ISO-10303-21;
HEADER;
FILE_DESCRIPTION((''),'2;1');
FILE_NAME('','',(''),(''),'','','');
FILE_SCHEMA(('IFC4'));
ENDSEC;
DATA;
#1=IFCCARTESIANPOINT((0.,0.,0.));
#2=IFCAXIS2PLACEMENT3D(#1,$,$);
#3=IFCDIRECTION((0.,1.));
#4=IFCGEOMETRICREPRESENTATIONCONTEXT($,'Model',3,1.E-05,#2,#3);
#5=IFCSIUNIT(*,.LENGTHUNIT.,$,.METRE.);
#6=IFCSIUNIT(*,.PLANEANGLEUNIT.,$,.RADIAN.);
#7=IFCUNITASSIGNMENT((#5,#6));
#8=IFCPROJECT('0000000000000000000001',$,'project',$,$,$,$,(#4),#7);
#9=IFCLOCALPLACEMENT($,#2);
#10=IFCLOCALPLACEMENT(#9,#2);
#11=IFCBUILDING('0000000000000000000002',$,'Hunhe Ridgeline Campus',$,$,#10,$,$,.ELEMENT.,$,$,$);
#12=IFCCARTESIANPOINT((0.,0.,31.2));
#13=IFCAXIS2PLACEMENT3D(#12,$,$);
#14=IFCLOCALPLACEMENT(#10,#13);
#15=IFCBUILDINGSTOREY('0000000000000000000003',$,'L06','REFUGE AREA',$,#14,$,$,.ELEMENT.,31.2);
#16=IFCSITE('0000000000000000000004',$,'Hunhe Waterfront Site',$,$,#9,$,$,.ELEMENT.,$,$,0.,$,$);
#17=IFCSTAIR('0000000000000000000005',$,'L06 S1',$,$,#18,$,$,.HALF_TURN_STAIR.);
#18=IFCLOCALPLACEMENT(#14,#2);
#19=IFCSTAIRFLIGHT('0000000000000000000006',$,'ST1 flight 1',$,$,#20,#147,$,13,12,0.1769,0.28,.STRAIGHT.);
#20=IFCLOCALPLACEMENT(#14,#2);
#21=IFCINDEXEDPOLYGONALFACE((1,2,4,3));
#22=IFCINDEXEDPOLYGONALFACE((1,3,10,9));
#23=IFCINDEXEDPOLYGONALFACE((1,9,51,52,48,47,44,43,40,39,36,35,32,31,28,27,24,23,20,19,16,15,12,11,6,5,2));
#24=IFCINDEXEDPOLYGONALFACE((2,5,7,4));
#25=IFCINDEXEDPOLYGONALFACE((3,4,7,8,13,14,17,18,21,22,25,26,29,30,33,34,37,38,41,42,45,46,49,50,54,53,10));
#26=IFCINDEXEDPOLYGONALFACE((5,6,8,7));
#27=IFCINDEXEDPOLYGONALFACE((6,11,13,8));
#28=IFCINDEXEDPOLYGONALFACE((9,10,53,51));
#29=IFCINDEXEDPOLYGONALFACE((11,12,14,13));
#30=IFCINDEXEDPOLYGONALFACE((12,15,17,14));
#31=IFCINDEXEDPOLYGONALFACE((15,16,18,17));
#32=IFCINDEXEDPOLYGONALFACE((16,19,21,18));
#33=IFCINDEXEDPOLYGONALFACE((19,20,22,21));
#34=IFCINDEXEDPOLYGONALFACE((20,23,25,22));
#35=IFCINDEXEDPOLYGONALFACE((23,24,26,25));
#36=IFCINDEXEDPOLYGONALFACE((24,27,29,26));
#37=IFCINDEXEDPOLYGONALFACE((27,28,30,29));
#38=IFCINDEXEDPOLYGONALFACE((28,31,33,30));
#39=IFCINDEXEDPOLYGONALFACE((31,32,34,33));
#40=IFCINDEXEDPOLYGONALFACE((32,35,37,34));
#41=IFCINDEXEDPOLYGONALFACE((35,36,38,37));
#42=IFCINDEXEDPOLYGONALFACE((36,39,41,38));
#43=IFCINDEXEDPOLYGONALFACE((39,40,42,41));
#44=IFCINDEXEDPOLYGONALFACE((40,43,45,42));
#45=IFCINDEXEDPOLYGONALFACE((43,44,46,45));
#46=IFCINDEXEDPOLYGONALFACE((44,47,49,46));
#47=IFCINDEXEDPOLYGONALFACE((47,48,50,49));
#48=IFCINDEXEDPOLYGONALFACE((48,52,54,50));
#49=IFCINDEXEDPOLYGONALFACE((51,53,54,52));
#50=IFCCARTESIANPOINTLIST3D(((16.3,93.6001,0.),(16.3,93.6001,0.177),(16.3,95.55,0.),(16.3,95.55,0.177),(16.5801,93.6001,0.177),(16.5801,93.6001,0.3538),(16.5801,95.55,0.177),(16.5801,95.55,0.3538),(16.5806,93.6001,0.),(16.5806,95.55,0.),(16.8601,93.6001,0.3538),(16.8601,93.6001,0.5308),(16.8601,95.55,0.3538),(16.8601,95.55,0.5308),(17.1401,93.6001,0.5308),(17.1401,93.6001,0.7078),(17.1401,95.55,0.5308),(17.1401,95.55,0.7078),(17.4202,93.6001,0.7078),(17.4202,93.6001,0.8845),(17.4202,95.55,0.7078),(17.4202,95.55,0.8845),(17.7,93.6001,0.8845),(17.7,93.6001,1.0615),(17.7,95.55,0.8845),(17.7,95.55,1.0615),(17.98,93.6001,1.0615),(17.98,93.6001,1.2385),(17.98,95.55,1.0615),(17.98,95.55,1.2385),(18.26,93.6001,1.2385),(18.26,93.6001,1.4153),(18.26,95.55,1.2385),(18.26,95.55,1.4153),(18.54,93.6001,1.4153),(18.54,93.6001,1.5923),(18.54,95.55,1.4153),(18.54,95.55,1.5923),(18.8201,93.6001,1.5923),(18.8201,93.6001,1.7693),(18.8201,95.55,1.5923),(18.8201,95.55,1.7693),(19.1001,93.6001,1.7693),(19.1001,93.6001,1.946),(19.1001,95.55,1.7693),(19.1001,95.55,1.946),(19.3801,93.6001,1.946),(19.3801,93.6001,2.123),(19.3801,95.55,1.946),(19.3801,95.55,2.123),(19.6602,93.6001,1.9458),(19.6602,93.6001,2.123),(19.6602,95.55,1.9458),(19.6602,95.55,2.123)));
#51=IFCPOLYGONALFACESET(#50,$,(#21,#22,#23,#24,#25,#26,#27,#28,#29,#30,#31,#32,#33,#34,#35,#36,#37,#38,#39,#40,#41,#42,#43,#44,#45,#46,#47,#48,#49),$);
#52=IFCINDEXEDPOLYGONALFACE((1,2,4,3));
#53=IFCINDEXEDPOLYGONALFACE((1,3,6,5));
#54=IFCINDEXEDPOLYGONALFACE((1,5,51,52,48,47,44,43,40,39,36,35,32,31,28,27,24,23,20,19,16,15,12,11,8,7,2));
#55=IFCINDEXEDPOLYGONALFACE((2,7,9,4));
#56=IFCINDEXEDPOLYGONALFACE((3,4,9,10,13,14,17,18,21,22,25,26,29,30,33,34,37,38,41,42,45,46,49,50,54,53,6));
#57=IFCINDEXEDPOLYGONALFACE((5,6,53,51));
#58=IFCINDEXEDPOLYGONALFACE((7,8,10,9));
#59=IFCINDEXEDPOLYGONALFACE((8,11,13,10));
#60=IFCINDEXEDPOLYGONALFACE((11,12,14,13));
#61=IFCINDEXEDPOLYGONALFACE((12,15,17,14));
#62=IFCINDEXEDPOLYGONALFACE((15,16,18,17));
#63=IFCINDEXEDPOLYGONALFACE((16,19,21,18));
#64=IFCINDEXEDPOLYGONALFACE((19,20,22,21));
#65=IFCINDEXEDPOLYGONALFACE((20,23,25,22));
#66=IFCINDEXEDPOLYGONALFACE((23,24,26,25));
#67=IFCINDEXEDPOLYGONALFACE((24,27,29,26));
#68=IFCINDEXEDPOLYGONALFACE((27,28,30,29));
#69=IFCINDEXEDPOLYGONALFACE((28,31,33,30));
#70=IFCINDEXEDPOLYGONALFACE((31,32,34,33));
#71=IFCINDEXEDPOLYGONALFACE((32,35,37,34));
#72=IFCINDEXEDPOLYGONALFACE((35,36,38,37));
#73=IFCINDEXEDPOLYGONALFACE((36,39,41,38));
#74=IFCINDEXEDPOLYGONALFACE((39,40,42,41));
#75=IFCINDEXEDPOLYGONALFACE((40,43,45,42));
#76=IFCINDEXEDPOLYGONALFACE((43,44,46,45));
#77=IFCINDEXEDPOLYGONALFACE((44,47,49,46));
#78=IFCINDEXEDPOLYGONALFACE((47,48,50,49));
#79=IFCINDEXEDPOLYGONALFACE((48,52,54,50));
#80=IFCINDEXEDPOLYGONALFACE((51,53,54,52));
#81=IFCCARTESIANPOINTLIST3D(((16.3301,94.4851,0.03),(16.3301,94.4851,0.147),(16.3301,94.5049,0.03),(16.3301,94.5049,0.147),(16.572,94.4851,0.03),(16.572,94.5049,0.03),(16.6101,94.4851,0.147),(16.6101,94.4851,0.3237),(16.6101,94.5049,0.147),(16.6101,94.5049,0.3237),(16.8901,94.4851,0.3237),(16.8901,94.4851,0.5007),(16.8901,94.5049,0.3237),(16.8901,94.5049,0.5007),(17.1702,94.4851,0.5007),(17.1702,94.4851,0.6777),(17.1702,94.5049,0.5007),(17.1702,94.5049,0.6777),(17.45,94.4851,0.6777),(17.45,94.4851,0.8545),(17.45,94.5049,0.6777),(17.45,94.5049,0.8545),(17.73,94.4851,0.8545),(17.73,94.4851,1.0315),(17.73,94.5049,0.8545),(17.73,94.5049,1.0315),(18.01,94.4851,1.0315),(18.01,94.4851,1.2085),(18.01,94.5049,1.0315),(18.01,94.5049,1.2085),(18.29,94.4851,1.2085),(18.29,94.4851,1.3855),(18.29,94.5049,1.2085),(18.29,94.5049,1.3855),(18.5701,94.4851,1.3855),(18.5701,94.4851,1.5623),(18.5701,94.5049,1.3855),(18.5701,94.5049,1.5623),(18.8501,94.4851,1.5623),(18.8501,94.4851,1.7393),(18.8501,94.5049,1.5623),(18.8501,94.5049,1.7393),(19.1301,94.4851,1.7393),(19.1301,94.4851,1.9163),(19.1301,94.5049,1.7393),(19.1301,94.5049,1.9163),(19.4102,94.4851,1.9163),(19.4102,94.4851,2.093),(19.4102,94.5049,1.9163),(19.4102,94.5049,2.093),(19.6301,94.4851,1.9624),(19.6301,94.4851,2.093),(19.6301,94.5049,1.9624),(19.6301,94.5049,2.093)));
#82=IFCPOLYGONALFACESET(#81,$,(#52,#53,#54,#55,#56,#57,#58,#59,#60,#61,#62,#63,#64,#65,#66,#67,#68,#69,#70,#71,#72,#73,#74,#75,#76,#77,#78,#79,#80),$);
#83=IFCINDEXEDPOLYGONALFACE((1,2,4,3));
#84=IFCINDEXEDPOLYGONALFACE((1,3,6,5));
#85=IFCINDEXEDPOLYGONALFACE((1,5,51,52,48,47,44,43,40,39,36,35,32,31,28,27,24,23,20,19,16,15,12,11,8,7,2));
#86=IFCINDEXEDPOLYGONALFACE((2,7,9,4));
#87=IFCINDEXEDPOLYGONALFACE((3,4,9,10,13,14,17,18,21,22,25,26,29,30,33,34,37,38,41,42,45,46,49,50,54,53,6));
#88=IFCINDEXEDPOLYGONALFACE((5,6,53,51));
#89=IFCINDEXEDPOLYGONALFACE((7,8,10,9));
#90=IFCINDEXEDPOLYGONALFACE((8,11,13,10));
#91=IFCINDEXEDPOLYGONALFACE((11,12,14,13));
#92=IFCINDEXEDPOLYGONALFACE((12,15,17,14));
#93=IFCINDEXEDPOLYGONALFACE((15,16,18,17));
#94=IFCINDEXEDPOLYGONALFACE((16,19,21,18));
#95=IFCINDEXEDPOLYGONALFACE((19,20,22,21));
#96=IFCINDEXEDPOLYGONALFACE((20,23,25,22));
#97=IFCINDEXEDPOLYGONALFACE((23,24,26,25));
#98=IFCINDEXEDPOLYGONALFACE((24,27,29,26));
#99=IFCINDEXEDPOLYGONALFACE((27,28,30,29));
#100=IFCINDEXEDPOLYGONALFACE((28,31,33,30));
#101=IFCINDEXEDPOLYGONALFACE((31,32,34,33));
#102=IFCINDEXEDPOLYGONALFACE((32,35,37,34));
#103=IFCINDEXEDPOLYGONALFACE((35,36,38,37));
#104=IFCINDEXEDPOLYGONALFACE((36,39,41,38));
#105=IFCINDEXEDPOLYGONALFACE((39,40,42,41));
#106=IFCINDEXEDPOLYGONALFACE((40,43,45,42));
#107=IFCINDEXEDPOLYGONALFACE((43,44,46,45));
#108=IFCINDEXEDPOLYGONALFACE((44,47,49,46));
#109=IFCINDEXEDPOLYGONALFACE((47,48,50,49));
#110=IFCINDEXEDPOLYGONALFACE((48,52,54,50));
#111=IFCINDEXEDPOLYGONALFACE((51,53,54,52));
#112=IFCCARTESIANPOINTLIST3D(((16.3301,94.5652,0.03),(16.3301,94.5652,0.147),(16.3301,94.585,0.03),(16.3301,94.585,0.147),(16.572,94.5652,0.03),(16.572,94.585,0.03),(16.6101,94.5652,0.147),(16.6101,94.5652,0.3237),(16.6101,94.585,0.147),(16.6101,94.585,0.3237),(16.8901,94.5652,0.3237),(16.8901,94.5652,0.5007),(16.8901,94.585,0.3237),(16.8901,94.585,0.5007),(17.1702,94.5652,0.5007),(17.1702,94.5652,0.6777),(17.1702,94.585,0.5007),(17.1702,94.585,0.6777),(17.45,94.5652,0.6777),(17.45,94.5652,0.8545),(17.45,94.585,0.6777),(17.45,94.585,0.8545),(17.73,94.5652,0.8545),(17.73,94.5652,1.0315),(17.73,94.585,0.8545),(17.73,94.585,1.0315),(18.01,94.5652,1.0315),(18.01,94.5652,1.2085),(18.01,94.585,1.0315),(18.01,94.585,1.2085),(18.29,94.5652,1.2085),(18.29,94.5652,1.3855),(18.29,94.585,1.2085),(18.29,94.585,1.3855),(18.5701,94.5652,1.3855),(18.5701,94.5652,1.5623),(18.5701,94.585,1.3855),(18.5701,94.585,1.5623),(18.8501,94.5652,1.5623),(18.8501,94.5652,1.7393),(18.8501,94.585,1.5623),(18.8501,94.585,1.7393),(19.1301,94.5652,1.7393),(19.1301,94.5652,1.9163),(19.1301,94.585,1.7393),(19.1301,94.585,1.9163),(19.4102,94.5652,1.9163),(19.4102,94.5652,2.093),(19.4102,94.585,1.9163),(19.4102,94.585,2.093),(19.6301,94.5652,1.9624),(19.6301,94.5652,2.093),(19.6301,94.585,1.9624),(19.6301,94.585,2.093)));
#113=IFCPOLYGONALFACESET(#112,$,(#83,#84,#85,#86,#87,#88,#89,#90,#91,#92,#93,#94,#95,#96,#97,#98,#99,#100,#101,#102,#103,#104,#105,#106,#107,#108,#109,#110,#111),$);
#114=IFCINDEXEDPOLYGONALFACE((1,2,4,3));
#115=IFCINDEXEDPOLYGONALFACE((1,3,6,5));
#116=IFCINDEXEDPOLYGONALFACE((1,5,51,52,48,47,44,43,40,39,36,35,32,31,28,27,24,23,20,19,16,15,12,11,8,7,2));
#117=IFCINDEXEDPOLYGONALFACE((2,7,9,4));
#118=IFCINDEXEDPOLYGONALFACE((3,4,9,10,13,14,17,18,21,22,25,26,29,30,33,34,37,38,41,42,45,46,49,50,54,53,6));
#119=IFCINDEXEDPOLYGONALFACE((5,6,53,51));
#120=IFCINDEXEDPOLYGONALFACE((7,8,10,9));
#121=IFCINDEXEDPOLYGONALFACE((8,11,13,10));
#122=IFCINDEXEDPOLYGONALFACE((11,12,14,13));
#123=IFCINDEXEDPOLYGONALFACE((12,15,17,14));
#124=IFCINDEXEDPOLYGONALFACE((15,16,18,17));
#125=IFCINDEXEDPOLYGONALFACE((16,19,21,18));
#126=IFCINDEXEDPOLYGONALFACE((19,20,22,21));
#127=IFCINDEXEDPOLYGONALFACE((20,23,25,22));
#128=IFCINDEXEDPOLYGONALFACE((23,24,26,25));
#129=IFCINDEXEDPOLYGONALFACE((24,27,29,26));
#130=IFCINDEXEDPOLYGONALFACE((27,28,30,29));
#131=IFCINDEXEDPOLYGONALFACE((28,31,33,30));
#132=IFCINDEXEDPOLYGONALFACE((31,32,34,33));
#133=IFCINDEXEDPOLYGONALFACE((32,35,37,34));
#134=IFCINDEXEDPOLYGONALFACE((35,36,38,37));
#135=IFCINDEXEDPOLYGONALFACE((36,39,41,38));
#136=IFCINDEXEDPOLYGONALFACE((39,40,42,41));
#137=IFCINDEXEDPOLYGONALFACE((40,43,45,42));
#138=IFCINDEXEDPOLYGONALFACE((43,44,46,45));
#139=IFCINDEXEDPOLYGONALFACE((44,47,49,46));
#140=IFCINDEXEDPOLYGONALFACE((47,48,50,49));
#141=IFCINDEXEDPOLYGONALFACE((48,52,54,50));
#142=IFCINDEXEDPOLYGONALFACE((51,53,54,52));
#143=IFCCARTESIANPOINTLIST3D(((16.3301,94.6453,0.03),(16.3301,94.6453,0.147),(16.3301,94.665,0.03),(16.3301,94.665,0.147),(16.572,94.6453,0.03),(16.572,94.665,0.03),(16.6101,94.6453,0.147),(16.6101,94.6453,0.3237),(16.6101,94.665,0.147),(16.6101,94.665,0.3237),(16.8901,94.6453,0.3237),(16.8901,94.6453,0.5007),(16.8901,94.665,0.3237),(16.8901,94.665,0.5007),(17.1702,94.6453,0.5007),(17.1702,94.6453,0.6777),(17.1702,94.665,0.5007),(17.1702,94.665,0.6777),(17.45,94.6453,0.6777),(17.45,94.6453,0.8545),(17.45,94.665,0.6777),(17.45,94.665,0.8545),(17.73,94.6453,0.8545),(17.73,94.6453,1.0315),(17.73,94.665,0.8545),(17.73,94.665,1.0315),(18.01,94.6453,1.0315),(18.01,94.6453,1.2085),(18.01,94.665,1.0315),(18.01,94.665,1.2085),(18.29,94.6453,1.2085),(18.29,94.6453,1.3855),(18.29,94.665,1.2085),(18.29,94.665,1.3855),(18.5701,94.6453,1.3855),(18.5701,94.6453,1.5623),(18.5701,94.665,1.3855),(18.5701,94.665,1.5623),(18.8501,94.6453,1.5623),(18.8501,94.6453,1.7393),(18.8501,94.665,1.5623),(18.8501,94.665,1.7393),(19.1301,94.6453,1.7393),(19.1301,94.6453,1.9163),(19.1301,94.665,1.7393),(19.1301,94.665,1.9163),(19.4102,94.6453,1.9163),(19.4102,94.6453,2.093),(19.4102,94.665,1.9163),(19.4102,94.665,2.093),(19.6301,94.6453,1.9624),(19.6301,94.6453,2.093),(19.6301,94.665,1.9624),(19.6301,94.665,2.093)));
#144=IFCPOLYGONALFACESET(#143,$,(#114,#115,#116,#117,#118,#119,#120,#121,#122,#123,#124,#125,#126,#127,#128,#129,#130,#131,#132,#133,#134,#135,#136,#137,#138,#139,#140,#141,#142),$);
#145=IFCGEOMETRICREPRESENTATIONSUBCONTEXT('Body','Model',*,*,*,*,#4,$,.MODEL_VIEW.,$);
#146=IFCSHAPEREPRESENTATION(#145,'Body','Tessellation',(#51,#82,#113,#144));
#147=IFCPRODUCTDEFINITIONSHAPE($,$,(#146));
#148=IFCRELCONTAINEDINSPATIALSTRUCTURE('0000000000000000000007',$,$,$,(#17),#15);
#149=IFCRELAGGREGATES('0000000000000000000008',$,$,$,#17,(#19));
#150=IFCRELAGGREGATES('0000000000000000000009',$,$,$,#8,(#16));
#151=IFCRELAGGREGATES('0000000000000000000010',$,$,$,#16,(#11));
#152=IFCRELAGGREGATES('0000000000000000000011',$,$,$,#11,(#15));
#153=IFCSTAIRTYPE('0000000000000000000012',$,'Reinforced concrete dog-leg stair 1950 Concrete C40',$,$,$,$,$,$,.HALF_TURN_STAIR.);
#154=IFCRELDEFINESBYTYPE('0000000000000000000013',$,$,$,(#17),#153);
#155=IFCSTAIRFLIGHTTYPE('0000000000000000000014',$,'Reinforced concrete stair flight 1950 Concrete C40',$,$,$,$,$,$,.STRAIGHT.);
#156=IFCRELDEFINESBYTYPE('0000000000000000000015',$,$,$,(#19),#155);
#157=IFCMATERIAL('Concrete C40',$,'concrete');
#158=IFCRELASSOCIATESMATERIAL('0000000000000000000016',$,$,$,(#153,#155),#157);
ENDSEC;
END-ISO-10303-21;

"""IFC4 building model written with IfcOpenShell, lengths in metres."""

from ifc_helpers import new_model, si_unit, direction, frame, origin, place, context, subcontext, project, spatial, polyline, outline, extrude, material, type_object, element, aggregate, save


model = new_model("IFC4")

# Units and contexts
model_context = context("Model", 3, precision=1e-05, world=origin(), true_north=direction((0.0, 1.0)))
body_context = subcontext(model_context, "Body", "Model", "MODEL_VIEW")
ifc_project = project(units=[si_unit("LENGTHUNIT", "METRE"), si_unit("PLANEANGLEUNIT", "RADIAN")], contexts=[model_context])

# Site, building, storey
site_placement = place(None, origin())
site = spatial("IfcSite", under=ifc_project, at=site_placement, Name="Hunhe Waterfront Site", CompositionType="ELEMENT", RefElevation=0.0)
building_placement = place(site_placement, origin())
building = spatial("IfcBuilding", under=site, at=building_placement, Name="Hunhe Ridgeline Campus", CompositionType="ELEMENT")
storey_placement = place(building_placement, frame((0.0, 0.0, 31.2)))
storey = spatial("IfcBuildingStorey", under=building, at=storey_placement, Name="L06", Description="REFUGE AREA", CompositionType="ELEMENT", Elevation=31.2)

# Stair, stair flight
ifc_material_1 = material(Name="Concrete C40", Category="concrete")
stair_type = type_object("IfcStairType", Name="Reinforced concrete dog-leg stair 1950 Concrete C40", PredefinedType="HALF_TURN_STAIR", material=ifc_material_1)
stair_placement = place(storey_placement, origin())
stair = element("IfcStair", 1, at=stair_placement, inside=storey, type_object=stair_type, Name="L06 S1", PredefinedType="HALF_TURN_STAIR")
stair_flight_type = type_object("IfcStairFlightType", Name="Reinforced concrete stair flight 1950 Concrete C40", PredefinedType="STRAIGHT", material=ifc_material_1)
stair_flight_placement = place(storey_placement, frame((16.3, 94.575, 0.0), z_axis=(0.0, 0.0, 1.0), x_axis=(1.0, 0.0, 0.0)))
stair_flight = element("IfcStairFlight", 2, at=stair_flight_placement, type_object=stair_flight_type, Name="ST1 flight 1", NumberOfRisers=13, NumberOfTreads=12, PredefinedType="STRAIGHT", RiserHeight=0.1769, TreadLength=0.28, context=body_context, shape_type="SweptSolid", body=[
    extrude(outline(polyline([(0.0, 0.0), (0.0, 0.177), (0.28, 0.177), (0.28, 0.3538), (0.5601, 0.3538), (0.5601, 0.5308), (0.8401, 0.5308), (0.8401, 0.7078), (1.1201, 0.7078), (1.1201, 0.8845), (1.3999, 0.8845), (1.3999, 1.0615), (1.6799, 1.0615), (1.6799, 1.2385), (1.96, 1.2385), (1.96, 1.4153), (2.24, 1.4153), (2.24, 1.5923), (2.52, 1.5923), (2.52, 1.7693), (2.8, 1.7693), (2.8, 1.946), (3.0801, 1.946), (3.0801, 2.123), (3.3601, 2.123), (3.3601, 2.3), (3.3601, 1.9458), (0.2805, 0.0), (0.0, 0.0)])), frame((0.0, 0.9751, 0.0), z_axis=(0.0, -1.0, 0.0), x_axis=(1.0, 0.0, 0.0)), (0.0, 0.0, 1.0), 1.95),
    extrude(outline(polyline([(0.03, 0.03), (0.03, 0.147), (0.3101, 0.147), (0.3101, 0.3237), (0.5901, 0.3237), (0.5901, 0.5007), (0.8701, 0.5007), (0.8701, 0.6777), (1.1499, 0.6777), (1.1499, 0.8545), (1.4299, 0.8545), (1.4299, 1.0315), (1.71, 1.0315), (1.71, 1.2085), (1.99, 1.2085), (1.99, 1.3855), (2.27, 1.3855), (2.27, 1.5623), (2.55, 1.5623), (2.55, 1.7393), (2.8301, 1.7393), (2.8301, 1.9163), (3.1101, 1.9163), (3.1101, 2.093), (3.3301, 2.093), (3.3301, 1.9624), (0.272, 0.03), (0.03, 0.03)])), frame((0.0, -0.0701, 0.0), z_axis=(0.0, -1.0, 0.0), x_axis=(1.0, 0.0, 0.0)), (0.0, 0.0, 1.0), 0.0198),
    extrude(outline(polyline([(0.03, 0.03), (0.03, 0.147), (0.3101, 0.147), (0.3101, 0.3237), (0.5901, 0.3237), (0.5901, 0.5007), (0.8701, 0.5007), (0.8701, 0.6777), (1.1499, 0.6777), (1.1499, 0.8545), (1.4299, 0.8545), (1.4299, 1.0315), (1.71, 1.0315), (1.71, 1.2085), (1.99, 1.2085), (1.99, 1.3855), (2.27, 1.3855), (2.27, 1.5623), (2.55, 1.5623), (2.55, 1.7393), (2.8301, 1.7393), (2.8301, 1.9163), (3.1101, 1.9163), (3.1101, 2.093), (3.3301, 2.093), (3.3301, 1.9624), (0.272, 0.03), (0.03, 0.03)])), frame((0.0, 0.01, 0.0), z_axis=(0.0, -1.0, 0.0), x_axis=(1.0, 0.0, 0.0)), (0.0, 0.0, 1.0), 0.0198),
    extrude(outline(polyline([(0.03, 0.03), (0.03, 0.147), (0.3101, 0.147), (0.3101, 0.3237), (0.5901, 0.3237), (0.5901, 0.5007), (0.8701, 0.5007), (0.8701, 0.6777), (1.1499, 0.6777), (1.1499, 0.8545), (1.4299, 0.8545), (1.4299, 1.0315), (1.71, 1.0315), (1.71, 1.2085), (1.99, 1.2085), (1.99, 1.3855), (2.27, 1.3855), (2.27, 1.5623), (2.55, 1.5623), (2.55, 1.7393), (2.8301, 1.7393), (2.8301, 1.9163), (3.1101, 1.9163), (3.1101, 2.093), (3.3301, 2.093), (3.3301, 1.9624), (0.272, 0.03), (0.03, 0.03)])), frame((0.0, 0.0901, 0.0), z_axis=(0.0, -1.0, 0.0), x_axis=(1.0, 0.0, 0.0)), (0.0, 0.0, 1.0), 0.0198),
])
aggregate(stair, [stair_flight])

save(model, "model.ifc")
